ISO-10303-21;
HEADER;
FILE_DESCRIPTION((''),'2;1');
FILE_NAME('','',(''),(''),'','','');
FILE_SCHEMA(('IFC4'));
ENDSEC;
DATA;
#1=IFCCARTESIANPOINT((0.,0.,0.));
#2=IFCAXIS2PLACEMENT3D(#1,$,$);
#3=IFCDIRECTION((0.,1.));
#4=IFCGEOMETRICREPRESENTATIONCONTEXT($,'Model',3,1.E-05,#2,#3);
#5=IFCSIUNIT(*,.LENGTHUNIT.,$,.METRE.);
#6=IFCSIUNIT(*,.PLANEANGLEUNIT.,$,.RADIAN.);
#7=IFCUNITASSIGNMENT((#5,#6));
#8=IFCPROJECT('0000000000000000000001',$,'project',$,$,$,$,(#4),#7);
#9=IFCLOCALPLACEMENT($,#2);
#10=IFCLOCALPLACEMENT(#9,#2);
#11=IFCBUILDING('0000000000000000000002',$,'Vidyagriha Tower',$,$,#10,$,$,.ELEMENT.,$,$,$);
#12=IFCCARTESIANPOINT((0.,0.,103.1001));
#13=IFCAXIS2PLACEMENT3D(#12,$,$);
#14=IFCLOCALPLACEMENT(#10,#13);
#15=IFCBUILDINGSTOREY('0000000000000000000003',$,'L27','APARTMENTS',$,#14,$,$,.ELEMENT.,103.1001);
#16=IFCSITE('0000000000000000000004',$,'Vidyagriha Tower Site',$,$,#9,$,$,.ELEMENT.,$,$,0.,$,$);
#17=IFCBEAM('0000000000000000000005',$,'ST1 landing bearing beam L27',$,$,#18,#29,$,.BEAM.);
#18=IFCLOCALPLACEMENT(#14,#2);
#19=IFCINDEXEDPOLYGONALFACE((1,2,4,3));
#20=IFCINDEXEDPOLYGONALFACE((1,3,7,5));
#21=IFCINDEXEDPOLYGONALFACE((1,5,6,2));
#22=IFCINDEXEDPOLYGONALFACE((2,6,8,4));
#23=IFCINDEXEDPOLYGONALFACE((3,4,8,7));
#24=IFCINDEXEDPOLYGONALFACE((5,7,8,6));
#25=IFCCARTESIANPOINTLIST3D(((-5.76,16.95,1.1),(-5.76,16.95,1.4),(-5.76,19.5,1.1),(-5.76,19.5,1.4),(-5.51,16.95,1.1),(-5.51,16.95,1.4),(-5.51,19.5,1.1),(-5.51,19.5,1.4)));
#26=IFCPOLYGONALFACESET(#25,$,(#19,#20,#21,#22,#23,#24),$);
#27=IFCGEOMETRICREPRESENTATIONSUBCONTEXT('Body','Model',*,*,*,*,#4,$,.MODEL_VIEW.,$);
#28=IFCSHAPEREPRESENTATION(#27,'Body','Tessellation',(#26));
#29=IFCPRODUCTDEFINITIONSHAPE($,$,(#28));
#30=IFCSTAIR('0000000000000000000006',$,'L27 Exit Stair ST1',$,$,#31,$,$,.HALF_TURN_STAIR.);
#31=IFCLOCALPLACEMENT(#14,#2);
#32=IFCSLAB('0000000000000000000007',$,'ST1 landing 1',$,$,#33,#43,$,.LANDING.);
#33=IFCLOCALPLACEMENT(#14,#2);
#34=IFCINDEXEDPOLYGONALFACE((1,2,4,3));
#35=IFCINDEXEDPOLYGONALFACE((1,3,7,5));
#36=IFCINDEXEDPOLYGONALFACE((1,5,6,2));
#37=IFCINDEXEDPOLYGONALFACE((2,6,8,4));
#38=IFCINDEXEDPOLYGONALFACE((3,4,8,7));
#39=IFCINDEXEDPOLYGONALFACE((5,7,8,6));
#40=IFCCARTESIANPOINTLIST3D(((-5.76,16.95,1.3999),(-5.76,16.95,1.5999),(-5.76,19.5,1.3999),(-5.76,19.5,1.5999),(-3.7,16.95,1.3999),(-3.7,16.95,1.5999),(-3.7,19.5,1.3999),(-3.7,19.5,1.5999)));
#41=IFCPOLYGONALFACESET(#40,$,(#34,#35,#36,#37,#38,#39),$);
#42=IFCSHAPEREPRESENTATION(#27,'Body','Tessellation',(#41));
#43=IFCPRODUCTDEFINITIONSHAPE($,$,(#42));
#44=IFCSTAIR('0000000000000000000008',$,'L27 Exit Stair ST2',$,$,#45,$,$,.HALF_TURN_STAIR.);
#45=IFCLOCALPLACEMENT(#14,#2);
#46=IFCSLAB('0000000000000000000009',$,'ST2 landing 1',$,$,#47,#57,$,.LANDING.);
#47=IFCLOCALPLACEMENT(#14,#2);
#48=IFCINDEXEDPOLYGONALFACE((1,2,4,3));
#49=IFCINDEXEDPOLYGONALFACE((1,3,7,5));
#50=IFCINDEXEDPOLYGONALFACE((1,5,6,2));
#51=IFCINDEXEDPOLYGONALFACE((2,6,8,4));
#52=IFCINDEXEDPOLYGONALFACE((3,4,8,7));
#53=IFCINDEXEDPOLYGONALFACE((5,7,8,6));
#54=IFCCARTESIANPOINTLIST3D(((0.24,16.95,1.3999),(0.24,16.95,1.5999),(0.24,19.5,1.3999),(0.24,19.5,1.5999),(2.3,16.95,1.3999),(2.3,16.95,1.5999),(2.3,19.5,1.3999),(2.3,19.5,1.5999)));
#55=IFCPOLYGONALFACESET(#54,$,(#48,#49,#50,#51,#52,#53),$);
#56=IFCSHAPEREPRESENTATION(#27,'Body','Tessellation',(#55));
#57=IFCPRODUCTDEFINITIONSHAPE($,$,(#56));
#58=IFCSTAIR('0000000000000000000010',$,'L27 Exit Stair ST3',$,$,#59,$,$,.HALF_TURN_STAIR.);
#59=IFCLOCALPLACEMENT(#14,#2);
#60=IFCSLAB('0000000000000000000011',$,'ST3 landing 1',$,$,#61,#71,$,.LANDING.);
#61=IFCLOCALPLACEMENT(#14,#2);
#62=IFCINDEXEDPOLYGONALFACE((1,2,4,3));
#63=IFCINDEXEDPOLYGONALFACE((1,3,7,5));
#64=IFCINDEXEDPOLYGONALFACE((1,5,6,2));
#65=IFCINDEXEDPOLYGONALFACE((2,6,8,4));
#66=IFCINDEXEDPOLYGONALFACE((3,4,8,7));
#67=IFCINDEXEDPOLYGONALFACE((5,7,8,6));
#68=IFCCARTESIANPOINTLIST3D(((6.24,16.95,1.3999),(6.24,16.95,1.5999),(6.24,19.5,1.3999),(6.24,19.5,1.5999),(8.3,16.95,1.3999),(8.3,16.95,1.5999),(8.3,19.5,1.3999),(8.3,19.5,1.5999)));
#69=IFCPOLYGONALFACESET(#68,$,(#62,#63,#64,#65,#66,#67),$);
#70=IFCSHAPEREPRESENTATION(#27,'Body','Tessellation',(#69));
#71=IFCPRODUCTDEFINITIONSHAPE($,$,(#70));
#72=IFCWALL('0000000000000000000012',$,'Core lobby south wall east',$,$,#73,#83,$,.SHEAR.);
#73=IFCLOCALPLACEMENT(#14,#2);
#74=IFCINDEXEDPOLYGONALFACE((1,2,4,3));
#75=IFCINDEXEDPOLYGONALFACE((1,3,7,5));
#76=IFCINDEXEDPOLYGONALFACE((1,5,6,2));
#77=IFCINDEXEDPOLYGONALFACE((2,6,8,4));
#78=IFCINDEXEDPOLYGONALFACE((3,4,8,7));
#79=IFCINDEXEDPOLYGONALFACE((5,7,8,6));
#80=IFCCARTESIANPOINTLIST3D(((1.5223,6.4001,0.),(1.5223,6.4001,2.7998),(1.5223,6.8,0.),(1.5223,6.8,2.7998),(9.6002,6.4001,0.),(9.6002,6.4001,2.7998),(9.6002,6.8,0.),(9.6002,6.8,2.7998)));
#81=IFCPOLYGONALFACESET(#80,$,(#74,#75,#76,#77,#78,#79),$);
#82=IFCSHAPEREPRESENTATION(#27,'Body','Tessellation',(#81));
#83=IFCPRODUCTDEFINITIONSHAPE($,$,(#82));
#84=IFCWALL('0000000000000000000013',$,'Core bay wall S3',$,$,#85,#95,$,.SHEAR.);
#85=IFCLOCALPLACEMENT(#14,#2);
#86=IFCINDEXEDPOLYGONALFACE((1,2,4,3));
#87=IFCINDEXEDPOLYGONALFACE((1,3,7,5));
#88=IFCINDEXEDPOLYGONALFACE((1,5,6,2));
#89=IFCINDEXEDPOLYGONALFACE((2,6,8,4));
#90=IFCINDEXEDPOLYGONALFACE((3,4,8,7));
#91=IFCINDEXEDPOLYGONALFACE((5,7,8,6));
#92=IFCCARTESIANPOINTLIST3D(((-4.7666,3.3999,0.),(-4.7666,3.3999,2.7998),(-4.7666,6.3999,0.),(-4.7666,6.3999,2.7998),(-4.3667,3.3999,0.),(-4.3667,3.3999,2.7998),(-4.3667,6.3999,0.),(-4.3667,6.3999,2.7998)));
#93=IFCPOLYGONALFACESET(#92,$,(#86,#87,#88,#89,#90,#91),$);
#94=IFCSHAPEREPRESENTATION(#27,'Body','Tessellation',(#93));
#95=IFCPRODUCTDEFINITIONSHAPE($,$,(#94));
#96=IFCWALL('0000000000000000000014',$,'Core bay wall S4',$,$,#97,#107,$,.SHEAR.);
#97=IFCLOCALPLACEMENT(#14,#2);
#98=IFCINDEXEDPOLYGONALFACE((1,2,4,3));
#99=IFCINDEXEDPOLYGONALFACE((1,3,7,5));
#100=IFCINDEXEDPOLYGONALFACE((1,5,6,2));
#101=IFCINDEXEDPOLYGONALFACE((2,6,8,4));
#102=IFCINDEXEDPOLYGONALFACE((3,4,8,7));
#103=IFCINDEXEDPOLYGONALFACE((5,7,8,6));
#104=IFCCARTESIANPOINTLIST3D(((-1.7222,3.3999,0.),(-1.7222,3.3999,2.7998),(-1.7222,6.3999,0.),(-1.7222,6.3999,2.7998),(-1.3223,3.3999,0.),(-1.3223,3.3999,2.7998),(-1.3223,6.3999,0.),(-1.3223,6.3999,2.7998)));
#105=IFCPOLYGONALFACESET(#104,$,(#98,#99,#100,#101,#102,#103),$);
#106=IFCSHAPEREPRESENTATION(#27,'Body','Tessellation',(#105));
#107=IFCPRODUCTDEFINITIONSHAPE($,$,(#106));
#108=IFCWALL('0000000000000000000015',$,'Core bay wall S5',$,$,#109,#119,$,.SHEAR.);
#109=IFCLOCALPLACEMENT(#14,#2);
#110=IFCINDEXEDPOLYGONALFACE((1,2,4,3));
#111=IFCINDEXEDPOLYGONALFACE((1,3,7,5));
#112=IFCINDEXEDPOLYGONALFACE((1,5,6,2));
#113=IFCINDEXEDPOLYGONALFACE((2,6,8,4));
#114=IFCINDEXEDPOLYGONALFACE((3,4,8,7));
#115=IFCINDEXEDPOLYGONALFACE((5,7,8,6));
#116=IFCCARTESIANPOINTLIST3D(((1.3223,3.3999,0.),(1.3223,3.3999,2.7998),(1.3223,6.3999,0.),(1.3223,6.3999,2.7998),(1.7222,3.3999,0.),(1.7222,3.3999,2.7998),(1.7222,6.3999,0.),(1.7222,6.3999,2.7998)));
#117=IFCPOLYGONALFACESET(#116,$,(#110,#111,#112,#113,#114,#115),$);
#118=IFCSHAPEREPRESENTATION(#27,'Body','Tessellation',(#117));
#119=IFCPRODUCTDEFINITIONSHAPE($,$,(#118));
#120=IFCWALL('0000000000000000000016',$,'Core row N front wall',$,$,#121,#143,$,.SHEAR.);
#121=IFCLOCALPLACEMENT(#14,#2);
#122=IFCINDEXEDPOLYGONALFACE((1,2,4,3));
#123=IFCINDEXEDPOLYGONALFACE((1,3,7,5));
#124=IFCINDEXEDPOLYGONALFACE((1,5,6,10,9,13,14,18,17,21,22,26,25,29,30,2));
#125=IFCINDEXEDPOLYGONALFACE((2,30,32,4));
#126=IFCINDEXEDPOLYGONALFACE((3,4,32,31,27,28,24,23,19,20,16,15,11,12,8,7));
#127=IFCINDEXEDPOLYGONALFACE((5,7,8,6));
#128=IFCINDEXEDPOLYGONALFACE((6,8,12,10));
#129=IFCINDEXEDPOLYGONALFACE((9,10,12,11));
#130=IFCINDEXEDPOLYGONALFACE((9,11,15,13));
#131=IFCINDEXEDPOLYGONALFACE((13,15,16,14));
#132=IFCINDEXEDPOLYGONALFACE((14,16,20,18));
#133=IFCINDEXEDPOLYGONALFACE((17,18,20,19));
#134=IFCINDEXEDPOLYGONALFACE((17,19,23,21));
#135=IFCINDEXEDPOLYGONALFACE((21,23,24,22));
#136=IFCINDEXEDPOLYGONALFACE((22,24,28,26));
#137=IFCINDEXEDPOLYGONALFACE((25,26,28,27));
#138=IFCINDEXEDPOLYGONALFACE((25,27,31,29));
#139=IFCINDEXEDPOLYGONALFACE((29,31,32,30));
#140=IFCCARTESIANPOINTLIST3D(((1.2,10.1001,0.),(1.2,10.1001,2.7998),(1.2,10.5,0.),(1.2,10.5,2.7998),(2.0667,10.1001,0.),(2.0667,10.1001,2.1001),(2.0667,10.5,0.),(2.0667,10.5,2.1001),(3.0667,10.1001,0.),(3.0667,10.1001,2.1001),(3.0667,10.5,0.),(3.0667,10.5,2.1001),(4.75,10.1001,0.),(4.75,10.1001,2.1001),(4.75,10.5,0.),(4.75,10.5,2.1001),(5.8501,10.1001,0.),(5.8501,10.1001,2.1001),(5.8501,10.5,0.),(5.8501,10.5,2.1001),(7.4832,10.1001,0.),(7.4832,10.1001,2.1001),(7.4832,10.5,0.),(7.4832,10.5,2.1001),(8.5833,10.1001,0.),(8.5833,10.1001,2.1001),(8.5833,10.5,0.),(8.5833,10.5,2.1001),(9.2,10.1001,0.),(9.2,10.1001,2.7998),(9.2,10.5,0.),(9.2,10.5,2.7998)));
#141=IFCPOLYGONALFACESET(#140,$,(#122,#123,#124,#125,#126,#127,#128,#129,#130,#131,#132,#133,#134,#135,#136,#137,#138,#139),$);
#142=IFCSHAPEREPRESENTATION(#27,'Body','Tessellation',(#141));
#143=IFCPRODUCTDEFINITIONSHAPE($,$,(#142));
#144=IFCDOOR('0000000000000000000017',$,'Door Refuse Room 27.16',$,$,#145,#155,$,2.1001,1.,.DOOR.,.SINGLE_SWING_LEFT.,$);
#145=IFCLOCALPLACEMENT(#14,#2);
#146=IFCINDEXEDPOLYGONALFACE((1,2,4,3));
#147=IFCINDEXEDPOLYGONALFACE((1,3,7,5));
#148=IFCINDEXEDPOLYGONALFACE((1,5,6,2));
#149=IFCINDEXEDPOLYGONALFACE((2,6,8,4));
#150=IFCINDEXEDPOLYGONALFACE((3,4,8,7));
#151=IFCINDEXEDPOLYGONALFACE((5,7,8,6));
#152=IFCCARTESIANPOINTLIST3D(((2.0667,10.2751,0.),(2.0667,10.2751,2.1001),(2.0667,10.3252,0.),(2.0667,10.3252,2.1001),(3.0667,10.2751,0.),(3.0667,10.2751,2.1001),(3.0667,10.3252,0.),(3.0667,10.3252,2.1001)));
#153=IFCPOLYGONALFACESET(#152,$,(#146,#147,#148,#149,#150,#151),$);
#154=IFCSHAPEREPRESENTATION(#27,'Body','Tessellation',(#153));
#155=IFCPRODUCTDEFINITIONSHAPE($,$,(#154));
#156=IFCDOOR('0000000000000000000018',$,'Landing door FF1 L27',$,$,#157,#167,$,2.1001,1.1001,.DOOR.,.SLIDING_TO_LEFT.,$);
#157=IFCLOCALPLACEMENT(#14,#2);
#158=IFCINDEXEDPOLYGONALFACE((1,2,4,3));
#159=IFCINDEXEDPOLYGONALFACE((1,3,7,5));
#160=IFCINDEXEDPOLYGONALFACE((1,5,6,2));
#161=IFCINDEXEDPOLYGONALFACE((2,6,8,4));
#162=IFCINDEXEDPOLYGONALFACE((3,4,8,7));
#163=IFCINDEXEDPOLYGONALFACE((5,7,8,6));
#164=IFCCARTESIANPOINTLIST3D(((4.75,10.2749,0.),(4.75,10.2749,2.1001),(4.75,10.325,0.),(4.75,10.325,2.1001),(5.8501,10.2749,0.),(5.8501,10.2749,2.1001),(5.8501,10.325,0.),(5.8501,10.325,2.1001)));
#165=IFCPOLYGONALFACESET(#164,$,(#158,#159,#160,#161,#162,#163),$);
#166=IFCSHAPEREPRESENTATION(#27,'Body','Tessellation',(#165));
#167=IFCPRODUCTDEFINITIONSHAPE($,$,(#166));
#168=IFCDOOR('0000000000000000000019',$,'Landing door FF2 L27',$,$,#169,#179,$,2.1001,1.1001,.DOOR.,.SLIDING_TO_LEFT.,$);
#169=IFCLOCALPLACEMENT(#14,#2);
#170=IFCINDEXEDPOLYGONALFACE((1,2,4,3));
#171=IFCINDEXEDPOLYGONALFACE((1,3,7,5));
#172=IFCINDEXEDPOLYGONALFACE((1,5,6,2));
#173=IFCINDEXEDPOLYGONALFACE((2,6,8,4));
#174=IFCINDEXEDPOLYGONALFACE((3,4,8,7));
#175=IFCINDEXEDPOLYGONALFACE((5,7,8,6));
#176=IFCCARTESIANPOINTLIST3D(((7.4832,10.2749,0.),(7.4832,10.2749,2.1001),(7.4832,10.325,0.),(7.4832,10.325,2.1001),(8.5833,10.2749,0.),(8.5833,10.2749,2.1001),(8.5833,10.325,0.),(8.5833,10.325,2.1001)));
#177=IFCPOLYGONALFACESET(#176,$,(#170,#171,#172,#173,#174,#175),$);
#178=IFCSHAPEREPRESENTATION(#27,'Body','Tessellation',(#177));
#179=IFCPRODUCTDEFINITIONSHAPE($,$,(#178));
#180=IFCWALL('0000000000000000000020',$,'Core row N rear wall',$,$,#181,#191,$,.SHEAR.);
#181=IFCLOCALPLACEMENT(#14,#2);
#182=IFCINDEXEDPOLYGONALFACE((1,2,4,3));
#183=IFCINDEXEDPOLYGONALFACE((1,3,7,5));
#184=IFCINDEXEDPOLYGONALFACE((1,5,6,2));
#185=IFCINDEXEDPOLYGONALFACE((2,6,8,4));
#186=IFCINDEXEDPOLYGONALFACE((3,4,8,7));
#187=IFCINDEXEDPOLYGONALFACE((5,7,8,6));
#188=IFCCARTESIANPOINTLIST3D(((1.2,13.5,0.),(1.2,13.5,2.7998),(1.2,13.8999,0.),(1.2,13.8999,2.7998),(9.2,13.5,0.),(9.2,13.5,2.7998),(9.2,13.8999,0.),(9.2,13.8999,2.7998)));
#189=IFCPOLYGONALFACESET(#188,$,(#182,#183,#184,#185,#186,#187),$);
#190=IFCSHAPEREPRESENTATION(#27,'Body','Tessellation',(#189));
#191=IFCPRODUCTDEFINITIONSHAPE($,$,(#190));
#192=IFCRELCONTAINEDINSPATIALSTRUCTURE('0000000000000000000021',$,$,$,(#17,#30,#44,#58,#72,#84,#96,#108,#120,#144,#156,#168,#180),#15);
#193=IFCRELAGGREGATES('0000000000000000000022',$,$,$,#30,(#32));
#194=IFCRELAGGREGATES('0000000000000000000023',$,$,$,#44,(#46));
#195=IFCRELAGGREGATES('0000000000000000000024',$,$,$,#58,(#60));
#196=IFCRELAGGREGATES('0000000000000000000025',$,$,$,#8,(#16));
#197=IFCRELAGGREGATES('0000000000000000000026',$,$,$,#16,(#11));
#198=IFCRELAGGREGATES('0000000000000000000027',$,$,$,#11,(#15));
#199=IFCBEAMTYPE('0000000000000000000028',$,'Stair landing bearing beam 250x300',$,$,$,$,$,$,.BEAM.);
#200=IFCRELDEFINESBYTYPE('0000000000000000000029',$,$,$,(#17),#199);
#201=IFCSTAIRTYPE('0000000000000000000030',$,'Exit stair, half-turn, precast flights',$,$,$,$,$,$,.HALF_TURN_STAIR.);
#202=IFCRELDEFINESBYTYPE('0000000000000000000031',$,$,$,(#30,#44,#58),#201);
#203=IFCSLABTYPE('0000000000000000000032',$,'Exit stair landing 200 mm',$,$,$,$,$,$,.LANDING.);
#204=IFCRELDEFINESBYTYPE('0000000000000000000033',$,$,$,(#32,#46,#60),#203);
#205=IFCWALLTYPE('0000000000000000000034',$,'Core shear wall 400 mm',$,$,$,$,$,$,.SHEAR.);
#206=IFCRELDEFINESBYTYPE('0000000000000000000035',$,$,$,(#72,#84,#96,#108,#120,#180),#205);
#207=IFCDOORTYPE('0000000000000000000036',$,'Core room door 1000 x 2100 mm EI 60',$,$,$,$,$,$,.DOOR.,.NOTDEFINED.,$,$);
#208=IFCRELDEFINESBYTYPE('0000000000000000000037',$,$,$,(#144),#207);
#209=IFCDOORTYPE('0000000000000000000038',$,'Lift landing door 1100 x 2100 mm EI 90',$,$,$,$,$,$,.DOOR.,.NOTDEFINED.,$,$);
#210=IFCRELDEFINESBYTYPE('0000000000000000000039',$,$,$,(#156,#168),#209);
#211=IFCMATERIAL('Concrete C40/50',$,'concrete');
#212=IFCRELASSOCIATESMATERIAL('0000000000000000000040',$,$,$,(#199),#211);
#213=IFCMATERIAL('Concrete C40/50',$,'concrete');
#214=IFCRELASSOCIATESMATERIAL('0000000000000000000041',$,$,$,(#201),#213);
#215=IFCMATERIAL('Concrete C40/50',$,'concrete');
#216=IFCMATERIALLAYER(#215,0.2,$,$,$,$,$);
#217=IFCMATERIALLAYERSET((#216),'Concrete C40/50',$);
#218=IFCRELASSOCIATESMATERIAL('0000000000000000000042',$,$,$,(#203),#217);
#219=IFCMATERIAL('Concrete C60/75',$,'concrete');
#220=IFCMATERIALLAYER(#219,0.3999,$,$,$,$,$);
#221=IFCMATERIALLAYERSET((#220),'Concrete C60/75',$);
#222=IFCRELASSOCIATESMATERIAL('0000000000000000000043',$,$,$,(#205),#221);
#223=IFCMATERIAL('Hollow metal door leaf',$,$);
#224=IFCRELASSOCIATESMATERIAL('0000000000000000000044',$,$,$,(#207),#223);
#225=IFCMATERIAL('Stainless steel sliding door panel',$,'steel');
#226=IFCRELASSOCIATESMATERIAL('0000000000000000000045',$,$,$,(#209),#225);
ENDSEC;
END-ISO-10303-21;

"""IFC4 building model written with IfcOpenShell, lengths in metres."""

from ifc_helpers import new_model, si_unit, direction, frame, frame_2d, origin, origin_2d, place, context, subcontext, project, spatial, polyline, rectangle, outline, extrude, material, layer, layer_set, material_profile, profile_set, type_object, element, fill, aggregate, save


model = new_model("IFC4")

# Units and contexts
model_context = context("Model", 3, precision=1e-05, world=origin(), true_north=direction((0.0, 1.0)))
body_context = subcontext(model_context, "Body", "Model", "MODEL_VIEW")
ifc_project = project(units=[si_unit("LENGTHUNIT", "METRE"), si_unit("PLANEANGLEUNIT", "RADIAN")], contexts=[model_context])

# Site, building, storey
site_placement = place(None, origin())
site = spatial("IfcSite", under=ifc_project, at=site_placement, Name="Vidyagriha Tower Site", CompositionType="ELEMENT", RefElevation=0.0)
building_placement = place(site_placement, origin())
building = spatial("IfcBuilding", under=site, at=building_placement, Name="Vidyagriha Tower", CompositionType="ELEMENT")
storey_placement = place(building_placement, frame((0.0, 0.0, 103.1001)))
storey = spatial("IfcBuildingStorey", under=building, at=storey_placement, Name="L27", Description="APARTMENTS", CompositionType="ELEMENT", Elevation=103.1001)

# Beam
ifc_material_1 = material(Name="Concrete C40/50", Category="concrete")
ifc_material_profile = material_profile(ifc_material_1, rectangle(XDim=0.25, YDim=0.3, at=origin_2d()), Name="Stair landing bearing beam 250x300")
ifc_profile_set = profile_set([ifc_material_profile], Name="Concrete C40/50")
beam_type = type_object("IfcBeamType", Name="Stair landing bearing beam 250x300", PredefinedType="BEAM", material=ifc_profile_set)
beam_placement = place(storey_placement, frame((-5.635, 16.95, 1.25), z_axis=(0.0, 1.0, 0.0), x_axis=(-1.0, 0.0, 0.0)))
element("IfcBeam", 1, at=beam_placement, inside=storey, type_object=beam_type, Name="ST1 landing bearing beam L27", PredefinedType="BEAM", context=body_context, shape_type="SweptSolid", body=[
    extrude(rectangle(XDim=0.25, YDim=0.3, at=origin_2d()), origin(), (0.0, 0.0, 1.0), 2.55),
])

# Stairs, slabs
ifc_material_2 = material(Name="Concrete C40/50", Category="concrete")
stair_type = type_object("IfcStairType", Name="Exit stair, half-turn, precast flights", PredefinedType="HALF_TURN_STAIR", material=ifc_material_2)
stair_1_placement = place(storey_placement, origin())
stair_1 = element("IfcStair", 2, at=stair_1_placement, inside=storey, type_object=stair_type, Name="L27 Exit Stair ST1", PredefinedType="HALF_TURN_STAIR")
ifc_material_3 = material(Name="Concrete C40/50", Category="concrete")
ifc_layer_1 = layer(ifc_material_3, 0.2)
ifc_layer_set_1 = layer_set([ifc_layer_1], Name="Concrete C40/50")
slab_type = type_object("IfcSlabType", Name="Exit stair landing 200 mm", PredefinedType="LANDING", material=ifc_layer_set_1)
slab_1_placement = place(storey_placement, frame((0.0, 0.0, 1.3999)))
slab_1 = element("IfcSlab", 3, at=slab_1_placement, type_object=slab_type, Name="ST1 landing 1", PredefinedType="LANDING", context=body_context, shape_type="SweptSolid", body=[
    extrude(outline(polyline([(-5.76, 16.95), (-3.7, 16.95), (-3.7, 19.5), (-5.76, 19.5), (-5.76, 16.95)])), origin(), (0.0, 0.0, 1.0), 0.2),
])
aggregate(stair_1, [slab_1])
stair_2_placement = place(storey_placement, origin())
stair_2 = element("IfcStair", 4, at=stair_2_placement, inside=storey, type_object=stair_type, Name="L27 Exit Stair ST2", PredefinedType="HALF_TURN_STAIR")
slab_2_placement = place(storey_placement, frame((0.0, 0.0, 1.3999)))
slab_2 = element("IfcSlab", 5, at=slab_2_placement, type_object=slab_type, Name="ST2 landing 1", PredefinedType="LANDING", context=body_context, shape_type="SweptSolid", body=[
    extrude(outline(polyline([(0.24, 16.95), (2.3, 16.95), (2.3, 19.5), (0.24, 19.5), (0.24, 16.95)])), origin(), (0.0, 0.0, 1.0), 0.2),
])
aggregate(stair_2, [slab_2])
stair_3_placement = place(storey_placement, origin())
stair_3 = element("IfcStair", 6, at=stair_3_placement, inside=storey, type_object=stair_type, Name="L27 Exit Stair ST3", PredefinedType="HALF_TURN_STAIR")
slab_3_placement = place(storey_placement, frame((0.0, 0.0, 1.3999)))
slab_3 = element("IfcSlab", 7, at=slab_3_placement, type_object=slab_type, Name="ST3 landing 1", PredefinedType="LANDING", context=body_context, shape_type="SweptSolid", body=[
    extrude(outline(polyline([(6.24, 16.95), (8.3, 16.95), (8.3, 19.5), (6.24, 19.5), (6.24, 16.95)])), origin(), (0.0, 0.0, 1.0), 0.2),
])
aggregate(stair_3, [slab_3])

# Walls
ifc_material_4 = material(Name="Concrete C60/75", Category="concrete")
ifc_layer_2 = layer(ifc_material_4, 0.3999)
ifc_layer_set_2 = layer_set([ifc_layer_2], Name="Concrete C60/75")
wall_type = type_object("IfcWallType", Name="Core shear wall 400 mm", PredefinedType="SHEAR", material=ifc_layer_set_2)
wall_1_placement = place(storey_placement, frame((1.5222, 6.6001, 0.0)))
element("IfcWall", 8, at=wall_1_placement, inside=storey, type_object=wall_type, Name="Core lobby south wall east", PredefinedType="SHEAR", context=body_context, shape_type="SweptSolid", body=[
    extrude(rectangle(XDim=8.0779, YDim=0.3999, at=frame_2d((4.0391, 0.0))), origin(), (0.0, 0.0, 1.0), 2.7998),
])
for number, where, z_axis, x_axis, name in (
    (9, (-4.5667, 3.3999, 0.0), (0.0, 0.0, 1.0), (0.0, 1.0, 0.0), "Core bay wall S3"),
    (10, (-1.5222, 3.3999, 0.0), (0.0, 0.0, 1.0), (0.0, 1.0, 0.0), "Core bay wall S4"),
    (11, (1.5222, 3.3999, 0.0), (0.0, 0.0, 1.0), (0.0, 1.0, 0.0), "Core bay wall S5"),
):
    element("IfcWall", number, at=place(storey_placement, frame(where, z_axis=z_axis, x_axis=x_axis)), inside=storey, type_object=wall_type, Name=name, PredefinedType="SHEAR", context=body_context, shape_type="SweptSolid", body=[
        extrude(rectangle(XDim=3.0, YDim=0.3999, at=frame_2d((1.5, 0.0))), origin(), (0.0, 0.0, 1.0), 2.7998),
    ])

# Wall, openings, doors
wall_2_placement = place(storey_placement, frame((1.2, 10.3, 0.0)))
wall_2 = element("IfcWall", 12, at=wall_2_placement, inside=storey, type_object=wall_type, Name="Core row N front wall", PredefinedType="SHEAR", context=body_context, shape_type="SweptSolid", body=[
    extrude(rectangle(XDim=8.0, YDim=0.3999, at=frame_2d((4.0, 0.0))), origin(), (0.0, 0.0, 1.0), 2.7998),
])
opening_1_placement = place(wall_2_placement, frame((3.55, 0.0, 0.0)))
opening_1 = element("IfcOpeningElement", 13, at=opening_1_placement, cuts=wall_2, PredefinedType="OPENING", context=body_context, shape_type="SweptSolid", body=[
    extrude(rectangle(XDim=1.1001, YDim=2.1001, at=frame_2d((0.55, 1.05))), frame((0.0, 0.21, 0.0), z_axis=(0.0, -1.0, 0.0), x_axis=(1.0, 0.0, 0.0)), (0.0, 0.0, 1.0), 0.4199),
])
opening_2_placement = place(wall_2_placement, frame((6.2832, 0.0, 0.0)))
opening_2 = element("IfcOpeningElement", 14, at=opening_2_placement, cuts=wall_2, PredefinedType="OPENING", context=body_context, shape_type="SweptSolid", body=[
    extrude(rectangle(XDim=1.1001, YDim=2.1001, at=frame_2d((0.55, 1.05))), frame((0.0, 0.21, 0.0), z_axis=(0.0, -1.0, 0.0), x_axis=(1.0, 0.0, 0.0)), (0.0, 0.0, 1.0), 0.4199),
])
opening_3_placement = place(wall_2_placement, frame((0.8667, 0.0, 0.0)))
opening_3 = element("IfcOpeningElement", 15, at=opening_3_placement, cuts=wall_2, PredefinedType="OPENING", context=body_context, shape_type="SweptSolid", body=[
    extrude(rectangle(XDim=1.0, YDim=2.1001, at=frame_2d((0.5, 1.05))), frame((0.0, 0.21, 0.0), z_axis=(0.0, -1.0, 0.0), x_axis=(1.0, 0.0, 0.0)), (0.0, 0.0, 1.0), 0.4199),
])
ifc_material_5 = material(Name="Hollow metal door leaf")
door_type_1 = type_object("IfcDoorType", Name="Core room door 1000 x 2100 mm EI 60", OperationType="NOTDEFINED", PredefinedType="DOOR", material=ifc_material_5)
door_1_placement = place(opening_3_placement, frame((1.0, 0.0, 0.0), z_axis=(0.0, 0.0, 1.0), x_axis=(-1.0, 0.0, 0.0)))
door_1 = element("IfcDoor", 16, at=door_1_placement, inside=storey, type_object=door_type_1, Name="Door Refuse Room 27.16", OperationType="SINGLE_SWING_LEFT", OverallHeight=2.1001, OverallWidth=1.0, PredefinedType="DOOR", context=body_context, shape_type="SweptSolid", body=[
    extrude(rectangle(XDim=1.0, YDim=2.1001, at=frame_2d((0.5, 1.05))), frame((0.0, 0.0249, 0.0), z_axis=(0.0, -1.0, 0.0), x_axis=(1.0, 0.0, 0.0)), (0.0, 0.0, 1.0), 0.05),
])
fill(opening_3, door_1)
ifc_material_6 = material(Name="Stainless steel sliding door panel", Category="steel")
door_type_2 = type_object("IfcDoorType", Name="Lift landing door 1100 x 2100 mm EI 90", OperationType="NOTDEFINED", PredefinedType="DOOR", material=ifc_material_6)
door_2_placement = place(opening_1_placement, origin())
door_2 = element("IfcDoor", 17, at=door_2_placement, inside=storey, type_object=door_type_2, Name="Landing door FF1 L27", OperationType="SLIDING_TO_LEFT", OverallHeight=2.1001, OverallWidth=1.1001, PredefinedType="DOOR", context=body_context, shape_type="SweptSolid", body=[
    extrude(rectangle(XDim=1.1001, YDim=2.1001, at=frame_2d((0.55, 1.05))), frame((0.0, 0.0249, 0.0), z_axis=(0.0, -1.0, 0.0), x_axis=(1.0, 0.0, 0.0)), (0.0, 0.0, 1.0), 0.05),
])
fill(opening_1, door_2)
door_3_placement = place(opening_2_placement, origin())
door_3 = element("IfcDoor", 18, at=door_3_placement, inside=storey, type_object=door_type_2, Name="Landing door FF2 L27", OperationType="SLIDING_TO_LEFT", OverallHeight=2.1001, OverallWidth=1.1001, PredefinedType="DOOR", context=body_context, shape_type="SweptSolid", body=[
    extrude(rectangle(XDim=1.1001, YDim=2.1001, at=frame_2d((0.55, 1.05))), frame((0.0, 0.0249, 0.0), z_axis=(0.0, -1.0, 0.0), x_axis=(1.0, 0.0, 0.0)), (0.0, 0.0, 1.0), 0.05),
])
fill(opening_2, door_3)

# Wall
wall_3_placement = place(storey_placement, frame((1.2, 13.7, 0.0)))
element("IfcWall", 19, at=wall_3_placement, inside=storey, type_object=wall_type, Name="Core row N rear wall", PredefinedType="SHEAR", context=body_context, shape_type="SweptSolid", body=[
    extrude(rectangle(XDim=8.0, YDim=0.3999, at=frame_2d((4.0, 0.0))), origin(), (0.0, 0.0, 1.0), 2.7998),
])

save(model, "model.ifc")
